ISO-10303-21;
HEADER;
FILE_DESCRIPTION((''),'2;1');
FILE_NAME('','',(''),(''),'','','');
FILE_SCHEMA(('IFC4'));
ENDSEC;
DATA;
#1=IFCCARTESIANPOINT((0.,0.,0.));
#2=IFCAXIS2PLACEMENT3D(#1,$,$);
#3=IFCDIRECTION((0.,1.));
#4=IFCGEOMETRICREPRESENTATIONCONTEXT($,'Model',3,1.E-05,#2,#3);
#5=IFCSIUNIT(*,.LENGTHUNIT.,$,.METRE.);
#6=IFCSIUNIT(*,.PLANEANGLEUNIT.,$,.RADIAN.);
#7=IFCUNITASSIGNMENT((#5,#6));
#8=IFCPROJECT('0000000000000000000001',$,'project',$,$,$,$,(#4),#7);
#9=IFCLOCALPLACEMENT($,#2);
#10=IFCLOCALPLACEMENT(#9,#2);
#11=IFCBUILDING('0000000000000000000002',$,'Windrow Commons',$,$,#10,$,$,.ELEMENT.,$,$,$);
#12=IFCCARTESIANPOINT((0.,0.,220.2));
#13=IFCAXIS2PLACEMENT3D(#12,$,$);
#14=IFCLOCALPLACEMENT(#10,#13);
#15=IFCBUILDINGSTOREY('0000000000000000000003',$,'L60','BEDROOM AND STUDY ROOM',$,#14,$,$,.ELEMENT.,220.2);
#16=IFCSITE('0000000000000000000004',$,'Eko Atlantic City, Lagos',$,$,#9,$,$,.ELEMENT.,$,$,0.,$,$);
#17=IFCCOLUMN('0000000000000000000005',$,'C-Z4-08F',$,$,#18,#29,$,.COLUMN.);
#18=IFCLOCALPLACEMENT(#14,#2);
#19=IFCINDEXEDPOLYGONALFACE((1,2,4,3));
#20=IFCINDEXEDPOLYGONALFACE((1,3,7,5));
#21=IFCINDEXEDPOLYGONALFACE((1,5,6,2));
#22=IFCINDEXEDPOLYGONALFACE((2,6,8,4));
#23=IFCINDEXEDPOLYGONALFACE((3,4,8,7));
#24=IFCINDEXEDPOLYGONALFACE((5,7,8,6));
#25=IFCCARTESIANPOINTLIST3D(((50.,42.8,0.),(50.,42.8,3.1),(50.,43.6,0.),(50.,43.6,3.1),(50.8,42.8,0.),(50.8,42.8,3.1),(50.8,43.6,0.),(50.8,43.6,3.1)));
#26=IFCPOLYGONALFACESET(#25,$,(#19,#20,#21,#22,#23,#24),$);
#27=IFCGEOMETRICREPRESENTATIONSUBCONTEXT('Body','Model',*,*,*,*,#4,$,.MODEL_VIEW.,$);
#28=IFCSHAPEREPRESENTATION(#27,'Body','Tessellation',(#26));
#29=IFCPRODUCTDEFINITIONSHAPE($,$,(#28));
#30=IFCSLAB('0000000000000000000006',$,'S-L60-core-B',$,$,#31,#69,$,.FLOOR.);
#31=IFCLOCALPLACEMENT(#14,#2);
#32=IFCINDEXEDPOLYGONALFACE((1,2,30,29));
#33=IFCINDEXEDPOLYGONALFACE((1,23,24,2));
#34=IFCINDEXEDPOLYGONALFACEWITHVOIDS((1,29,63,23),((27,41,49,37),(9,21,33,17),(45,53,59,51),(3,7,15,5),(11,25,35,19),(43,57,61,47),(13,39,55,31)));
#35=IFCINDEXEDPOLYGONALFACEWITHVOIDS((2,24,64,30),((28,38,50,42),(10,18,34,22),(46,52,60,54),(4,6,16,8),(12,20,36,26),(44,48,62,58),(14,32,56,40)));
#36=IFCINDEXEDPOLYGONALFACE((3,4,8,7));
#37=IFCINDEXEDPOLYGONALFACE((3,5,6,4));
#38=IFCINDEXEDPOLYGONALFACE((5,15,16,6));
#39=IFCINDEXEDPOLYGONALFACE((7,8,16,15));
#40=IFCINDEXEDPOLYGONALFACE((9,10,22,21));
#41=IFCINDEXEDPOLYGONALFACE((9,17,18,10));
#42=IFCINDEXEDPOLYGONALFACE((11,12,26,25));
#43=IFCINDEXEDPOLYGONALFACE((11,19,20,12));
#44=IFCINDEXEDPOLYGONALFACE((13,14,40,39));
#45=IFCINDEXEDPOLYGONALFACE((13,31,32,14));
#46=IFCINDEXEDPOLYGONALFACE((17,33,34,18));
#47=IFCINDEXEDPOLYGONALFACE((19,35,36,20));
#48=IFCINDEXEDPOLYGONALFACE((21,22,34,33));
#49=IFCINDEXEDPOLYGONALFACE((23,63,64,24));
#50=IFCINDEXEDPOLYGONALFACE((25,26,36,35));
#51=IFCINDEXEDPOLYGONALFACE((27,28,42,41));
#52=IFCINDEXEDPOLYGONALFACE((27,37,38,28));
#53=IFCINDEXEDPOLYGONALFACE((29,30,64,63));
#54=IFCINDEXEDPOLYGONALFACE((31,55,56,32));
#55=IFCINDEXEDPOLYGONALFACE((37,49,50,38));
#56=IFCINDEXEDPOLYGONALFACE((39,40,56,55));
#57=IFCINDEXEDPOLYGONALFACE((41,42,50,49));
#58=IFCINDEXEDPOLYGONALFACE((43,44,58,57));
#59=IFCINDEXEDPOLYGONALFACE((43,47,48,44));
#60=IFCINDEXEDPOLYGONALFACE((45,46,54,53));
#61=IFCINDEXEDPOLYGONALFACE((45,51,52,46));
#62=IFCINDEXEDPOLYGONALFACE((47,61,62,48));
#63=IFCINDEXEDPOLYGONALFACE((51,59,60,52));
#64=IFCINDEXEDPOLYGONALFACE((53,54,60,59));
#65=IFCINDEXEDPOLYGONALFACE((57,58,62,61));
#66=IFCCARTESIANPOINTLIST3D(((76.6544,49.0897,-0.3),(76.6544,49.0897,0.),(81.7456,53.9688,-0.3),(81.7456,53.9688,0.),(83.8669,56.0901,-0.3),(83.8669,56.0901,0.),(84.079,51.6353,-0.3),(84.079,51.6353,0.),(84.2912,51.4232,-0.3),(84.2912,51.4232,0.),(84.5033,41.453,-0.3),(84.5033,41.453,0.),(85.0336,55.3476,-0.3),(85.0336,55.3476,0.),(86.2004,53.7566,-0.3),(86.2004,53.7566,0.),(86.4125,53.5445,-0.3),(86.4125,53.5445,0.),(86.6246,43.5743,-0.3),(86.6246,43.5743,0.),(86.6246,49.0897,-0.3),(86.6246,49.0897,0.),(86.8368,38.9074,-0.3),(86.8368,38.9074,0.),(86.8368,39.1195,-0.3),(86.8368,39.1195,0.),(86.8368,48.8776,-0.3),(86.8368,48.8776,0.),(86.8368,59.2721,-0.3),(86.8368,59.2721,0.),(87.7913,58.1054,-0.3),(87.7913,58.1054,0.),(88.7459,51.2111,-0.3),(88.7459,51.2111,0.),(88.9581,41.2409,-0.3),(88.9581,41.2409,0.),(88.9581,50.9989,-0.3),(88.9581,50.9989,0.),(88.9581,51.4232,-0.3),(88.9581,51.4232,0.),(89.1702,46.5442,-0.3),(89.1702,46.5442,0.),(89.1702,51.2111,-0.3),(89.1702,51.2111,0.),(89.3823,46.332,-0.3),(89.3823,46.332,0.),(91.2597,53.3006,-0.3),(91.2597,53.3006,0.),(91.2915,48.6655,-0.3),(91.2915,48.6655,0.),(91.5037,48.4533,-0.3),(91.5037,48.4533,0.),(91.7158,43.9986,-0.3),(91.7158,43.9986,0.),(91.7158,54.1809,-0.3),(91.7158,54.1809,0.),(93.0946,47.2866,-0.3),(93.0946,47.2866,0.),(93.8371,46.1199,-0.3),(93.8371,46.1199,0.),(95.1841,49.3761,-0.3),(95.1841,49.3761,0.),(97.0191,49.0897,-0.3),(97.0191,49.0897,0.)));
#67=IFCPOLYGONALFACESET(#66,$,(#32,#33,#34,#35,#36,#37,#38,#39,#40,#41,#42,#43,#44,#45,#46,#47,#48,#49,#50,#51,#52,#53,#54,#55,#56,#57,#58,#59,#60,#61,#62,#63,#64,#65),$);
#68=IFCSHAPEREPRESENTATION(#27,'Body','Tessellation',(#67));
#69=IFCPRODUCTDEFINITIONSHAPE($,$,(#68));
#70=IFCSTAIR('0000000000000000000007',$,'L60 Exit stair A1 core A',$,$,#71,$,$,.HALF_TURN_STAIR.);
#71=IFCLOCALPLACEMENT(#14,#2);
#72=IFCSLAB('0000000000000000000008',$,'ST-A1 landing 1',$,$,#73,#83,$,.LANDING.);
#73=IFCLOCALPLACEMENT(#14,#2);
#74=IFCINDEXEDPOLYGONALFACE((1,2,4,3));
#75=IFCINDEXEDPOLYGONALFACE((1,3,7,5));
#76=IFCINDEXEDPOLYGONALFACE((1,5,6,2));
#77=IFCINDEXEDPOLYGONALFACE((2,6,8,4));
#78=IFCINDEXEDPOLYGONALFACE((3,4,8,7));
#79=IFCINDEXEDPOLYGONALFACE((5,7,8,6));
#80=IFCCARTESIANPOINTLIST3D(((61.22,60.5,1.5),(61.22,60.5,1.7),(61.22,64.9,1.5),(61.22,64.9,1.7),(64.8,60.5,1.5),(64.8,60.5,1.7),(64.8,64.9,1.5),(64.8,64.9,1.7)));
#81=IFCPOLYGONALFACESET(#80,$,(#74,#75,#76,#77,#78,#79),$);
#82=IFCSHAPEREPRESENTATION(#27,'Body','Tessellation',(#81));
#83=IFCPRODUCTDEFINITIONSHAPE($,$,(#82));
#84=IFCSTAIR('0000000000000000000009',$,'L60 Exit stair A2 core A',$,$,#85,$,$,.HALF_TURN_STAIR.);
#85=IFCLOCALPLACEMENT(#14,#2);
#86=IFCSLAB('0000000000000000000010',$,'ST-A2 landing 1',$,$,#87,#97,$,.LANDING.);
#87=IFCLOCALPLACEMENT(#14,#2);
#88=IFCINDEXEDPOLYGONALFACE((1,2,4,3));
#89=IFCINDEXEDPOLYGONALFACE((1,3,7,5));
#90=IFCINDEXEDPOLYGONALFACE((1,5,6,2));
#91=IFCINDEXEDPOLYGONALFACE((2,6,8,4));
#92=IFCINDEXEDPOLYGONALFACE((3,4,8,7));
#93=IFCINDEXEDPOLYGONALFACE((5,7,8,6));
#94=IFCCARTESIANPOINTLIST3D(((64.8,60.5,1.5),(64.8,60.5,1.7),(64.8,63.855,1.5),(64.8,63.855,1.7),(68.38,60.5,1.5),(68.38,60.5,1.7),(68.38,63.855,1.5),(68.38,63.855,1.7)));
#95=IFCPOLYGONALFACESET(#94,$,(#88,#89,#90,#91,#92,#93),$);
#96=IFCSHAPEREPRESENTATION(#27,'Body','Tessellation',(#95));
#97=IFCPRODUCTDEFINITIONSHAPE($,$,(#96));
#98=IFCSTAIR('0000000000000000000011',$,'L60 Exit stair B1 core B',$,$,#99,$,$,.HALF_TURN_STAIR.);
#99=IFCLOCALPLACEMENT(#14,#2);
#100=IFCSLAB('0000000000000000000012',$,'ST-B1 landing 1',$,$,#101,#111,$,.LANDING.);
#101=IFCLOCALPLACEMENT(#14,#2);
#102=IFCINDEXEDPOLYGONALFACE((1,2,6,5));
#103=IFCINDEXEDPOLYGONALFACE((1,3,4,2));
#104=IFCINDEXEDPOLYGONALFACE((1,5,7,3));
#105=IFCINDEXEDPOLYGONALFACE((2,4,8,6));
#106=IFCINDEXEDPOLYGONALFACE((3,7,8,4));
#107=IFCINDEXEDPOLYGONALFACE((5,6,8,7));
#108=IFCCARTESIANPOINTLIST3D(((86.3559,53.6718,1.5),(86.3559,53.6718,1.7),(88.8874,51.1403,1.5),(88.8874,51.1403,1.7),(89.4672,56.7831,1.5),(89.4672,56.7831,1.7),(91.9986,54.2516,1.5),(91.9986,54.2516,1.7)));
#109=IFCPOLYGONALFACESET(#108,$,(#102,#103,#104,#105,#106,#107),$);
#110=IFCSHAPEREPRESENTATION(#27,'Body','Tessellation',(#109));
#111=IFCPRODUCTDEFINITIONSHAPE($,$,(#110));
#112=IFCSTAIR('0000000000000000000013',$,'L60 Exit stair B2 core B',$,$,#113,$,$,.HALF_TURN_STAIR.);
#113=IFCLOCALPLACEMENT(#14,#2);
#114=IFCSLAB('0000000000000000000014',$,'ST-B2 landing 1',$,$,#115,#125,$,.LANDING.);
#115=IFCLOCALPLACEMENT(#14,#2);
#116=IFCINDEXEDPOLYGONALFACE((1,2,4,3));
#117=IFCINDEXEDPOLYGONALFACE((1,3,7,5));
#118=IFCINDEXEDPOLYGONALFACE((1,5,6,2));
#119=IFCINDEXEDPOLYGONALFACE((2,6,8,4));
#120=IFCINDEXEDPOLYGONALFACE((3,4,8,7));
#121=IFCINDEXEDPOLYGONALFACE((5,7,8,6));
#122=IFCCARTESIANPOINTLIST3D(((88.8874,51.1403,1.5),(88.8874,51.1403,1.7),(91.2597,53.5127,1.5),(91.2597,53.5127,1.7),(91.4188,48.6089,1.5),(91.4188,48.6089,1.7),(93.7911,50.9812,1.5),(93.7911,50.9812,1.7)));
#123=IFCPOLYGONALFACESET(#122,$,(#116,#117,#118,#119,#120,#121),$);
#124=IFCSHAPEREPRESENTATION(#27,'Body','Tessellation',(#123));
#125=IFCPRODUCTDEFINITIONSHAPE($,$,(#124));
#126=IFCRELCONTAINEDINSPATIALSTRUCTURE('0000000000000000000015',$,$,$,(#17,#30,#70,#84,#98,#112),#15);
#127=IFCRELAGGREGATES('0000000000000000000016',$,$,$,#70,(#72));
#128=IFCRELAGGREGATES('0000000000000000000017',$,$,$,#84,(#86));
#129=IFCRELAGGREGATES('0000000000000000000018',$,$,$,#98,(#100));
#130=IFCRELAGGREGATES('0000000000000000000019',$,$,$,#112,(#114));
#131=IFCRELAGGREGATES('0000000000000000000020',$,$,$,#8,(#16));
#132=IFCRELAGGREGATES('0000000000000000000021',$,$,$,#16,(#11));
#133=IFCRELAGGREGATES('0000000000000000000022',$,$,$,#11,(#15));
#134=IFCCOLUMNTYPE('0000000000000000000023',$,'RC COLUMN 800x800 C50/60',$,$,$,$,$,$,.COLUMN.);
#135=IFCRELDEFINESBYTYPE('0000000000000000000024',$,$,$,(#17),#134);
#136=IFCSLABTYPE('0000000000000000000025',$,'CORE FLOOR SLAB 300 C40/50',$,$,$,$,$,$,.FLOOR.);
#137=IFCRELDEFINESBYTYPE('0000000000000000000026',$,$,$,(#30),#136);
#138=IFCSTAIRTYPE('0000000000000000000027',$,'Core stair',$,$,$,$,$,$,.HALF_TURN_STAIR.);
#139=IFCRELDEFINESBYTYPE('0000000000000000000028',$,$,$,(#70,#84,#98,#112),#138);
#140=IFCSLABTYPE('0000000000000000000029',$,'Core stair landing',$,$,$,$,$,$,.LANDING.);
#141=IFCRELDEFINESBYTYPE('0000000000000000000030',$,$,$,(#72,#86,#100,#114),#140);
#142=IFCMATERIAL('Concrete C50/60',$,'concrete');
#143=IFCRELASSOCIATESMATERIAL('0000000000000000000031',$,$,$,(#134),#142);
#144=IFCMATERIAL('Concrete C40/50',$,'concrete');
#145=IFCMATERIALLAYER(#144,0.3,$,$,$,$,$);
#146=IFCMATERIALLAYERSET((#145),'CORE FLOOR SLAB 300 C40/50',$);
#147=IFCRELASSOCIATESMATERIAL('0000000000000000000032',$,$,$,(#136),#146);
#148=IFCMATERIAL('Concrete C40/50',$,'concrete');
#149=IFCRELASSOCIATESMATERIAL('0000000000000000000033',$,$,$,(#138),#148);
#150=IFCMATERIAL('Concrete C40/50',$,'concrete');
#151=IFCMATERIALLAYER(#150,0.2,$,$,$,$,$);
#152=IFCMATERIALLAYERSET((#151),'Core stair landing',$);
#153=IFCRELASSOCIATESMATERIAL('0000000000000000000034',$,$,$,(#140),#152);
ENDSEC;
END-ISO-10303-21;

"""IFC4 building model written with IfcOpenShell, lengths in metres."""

from ifc_helpers import new_model, si_unit, direction, frame, origin, origin_2d, place, context, subcontext, project, spatial, polyline, rectangle, outline, extrude, material, layer, layer_set, material_profile, profile_set, type_object, element, aggregate, save


model = new_model("IFC4")

# Units and contexts
model_context = context("Model", 3, precision=1e-05, world=origin(), true_north=direction((0.0, 1.0)))
body_context = subcontext(model_context, "Body", "Model", "MODEL_VIEW")
ifc_project = project(units=[si_unit("LENGTHUNIT", "METRE"), si_unit("PLANEANGLEUNIT", "RADIAN")], contexts=[model_context])

# Site, building, storey
site_placement = place(None, origin())
site = spatial("IfcSite", under=ifc_project, at=site_placement, Name="Eko Atlantic City, Lagos", CompositionType="ELEMENT", RefElevation=0.0)
building_placement = place(site_placement, origin())
building = spatial("IfcBuilding", under=site, at=building_placement, Name="Windrow Commons", CompositionType="ELEMENT")
storey_placement = place(building_placement, frame((0.0, 0.0, 220.2)))
storey = spatial("IfcBuildingStorey", under=building, at=storey_placement, Name="L60", Description="BEDROOM AND STUDY ROOM", CompositionType="ELEMENT", Elevation=220.2)

# Column
ifc_material_1 = material(Name="Concrete C50/60", Category="concrete")
ifc_material_profile = material_profile(ifc_material_1, rectangle(XDim=0.8, YDim=0.8, at=origin_2d()))
ifc_profile_set = profile_set([ifc_material_profile], Name="Concrete C50/60")
column_type = type_object("IfcColumnType", Name="RC COLUMN 800x800 C50/60", PredefinedType="COLUMN", material=ifc_profile_set)
column_placement = place(storey_placement, frame((50.4, 43.2, 0.0), z_axis=(0.0, 0.0, 1.0), x_axis=(1.0, 0.0, 0.0)))
element("IfcColumn", 1, at=column_placement, inside=storey, type_object=column_type, Name="C-Z4-08F", PredefinedType="COLUMN", context=body_context, shape_type="SweptSolid", body=[
    extrude(rectangle(XDim=0.8, YDim=0.8, at=origin_2d()), origin(), (0.0, 0.0, 1.0), 3.1),
])

# Slab, openings
ifc_material_2 = material(Name="Concrete C40/50", Category="concrete")
ifc_layer_1 = layer(ifc_material_2, 0.3)
ifc_layer_set_1 = layer_set([ifc_layer_1], Name="CORE FLOOR SLAB 300 C40/50")
slab_type_1 = type_object("IfcSlabType", Name="CORE FLOOR SLAB 300 C40/50", PredefinedType="FLOOR", material=ifc_layer_set_1)
placement_1 = place(storey_placement, frame((0.0, 0.0, -0.3)))
slab_1 = element("IfcSlab", 2, at=placement_1, inside=storey, type_object=slab_type_1, Name="S-L60-core-B", PredefinedType="FLOOR", context=body_context, shape_type="SweptSolid", body=[
    extrude(outline(polyline([(76.6544, 49.0897), (86.8368, 38.9074), (97.0191, 49.0897), (86.8368, 59.2721), (76.6544, 49.0897)]), holes=[polyline([(84.5033, 41.453), (86.8368, 39.1195), (88.9581, 41.2409), (86.6246, 43.5743), (84.5033, 41.453)]), polyline([(81.7456, 53.9688), (84.079, 51.6353), (86.2004, 53.7566), (83.8669, 56.0901), (81.7456, 53.9688)]), polyline([(84.2912, 51.4232), (86.6246, 49.0897), (88.7459, 51.2111), (86.4125, 53.5445), (84.2912, 51.4232)]), polyline([(86.8368, 48.8776), (89.1702, 46.5442), (91.2915, 48.6655), (88.9581, 50.9989), (86.8368, 48.8776)]), polyline([(89.3823, 46.332), (91.7158, 43.9986), (93.8371, 46.1199), (91.5037, 48.4533), (89.3823, 46.332)]), polyline([(85.0336, 55.3476), (88.9581, 51.4232), (91.7158, 54.1809), (87.7913, 58.1054), (85.0336, 55.3476)]), polyline([(89.1702, 51.2111), (93.0946, 47.2866), (95.1841, 49.3761), (91.2597, 53.3006), (89.1702, 51.2111)])]), origin(), (0.0, 0.0, 1.0), 0.3),
])
opening_1_placement = place(placement_1, origin())
element("IfcOpeningElement", 3, at=opening_1_placement, cuts=slab_1, PredefinedType="OPENING", context=body_context, shape_type="SweptSolid", body=[
    extrude(outline(polyline([(84.5104, 41.453), (86.6246, 43.5672), (88.951, 41.2409), (86.8368, 39.1266), (84.5104, 41.453)])), origin(), (0.0, 0.0, 1.0), 0.3),
])
opening_2_placement = place(placement_1, origin())
element("IfcOpeningElement", 4, at=opening_2_placement, cuts=slab_1, PredefinedType="OPENING", context=body_context, shape_type="SweptSolid", body=[
    extrude(outline(polyline([(81.7527, 53.9688), (83.8669, 56.083), (86.1933, 53.7566), (84.079, 51.6424), (81.7527, 53.9688)])), origin(), (0.0, 0.0, 1.0), 0.3),
])
opening_3_placement = place(placement_1, origin())
element("IfcOpeningElement", 5, at=opening_3_placement, cuts=slab_1, PredefinedType="OPENING", context=body_context, shape_type="SweptSolid", body=[
    extrude(outline(polyline([(84.2983, 51.4232), (86.4125, 53.5374), (88.7388, 51.2111), (86.6246, 49.0968), (84.2983, 51.4232)])), origin(), (0.0, 0.0, 1.0), 0.3),
])
opening_4_placement = place(placement_1, origin())
element("IfcOpeningElement", 6, at=opening_4_placement, cuts=slab_1, PredefinedType="OPENING", context=body_context, shape_type="SweptSolid", body=[
    extrude(outline(polyline([(86.8439, 48.8776), (88.9581, 50.9918), (91.2844, 48.6655), (89.1702, 46.5513), (86.8439, 48.8776)])), origin(), (0.0, 0.0, 1.0), 0.3),
])
opening_5_placement = place(placement_1, origin())
element("IfcOpeningElement", 7, at=opening_5_placement, cuts=slab_1, PredefinedType="OPENING", context=body_context, shape_type="SweptSolid", body=[
    extrude(outline(polyline([(89.3894, 46.332), (91.5037, 48.4462), (93.83, 46.1199), (91.7158, 44.0057), (89.3894, 46.332)])), origin(), (0.0, 0.0, 1.0), 0.3),
])
opening_6_placement = place(placement_1, origin())
element("IfcOpeningElement", 8, at=opening_6_placement, cuts=slab_1, PredefinedType="OPENING", context=body_context, shape_type="SweptSolid", body=[
    extrude(outline(polyline([(85.0407, 55.3476), (87.7913, 58.0983), (91.7087, 54.1809), (88.9581, 51.4303), (85.0407, 55.3476)])), origin(), (0.0, 0.0, 1.0), 0.3),
])
opening_7_placement = place(placement_1, origin())
element("IfcOpeningElement", 9, at=opening_7_placement, cuts=slab_1, PredefinedType="OPENING", context=body_context, shape_type="SweptSolid", body=[
    extrude(outline(polyline([(89.1773, 51.2111), (91.2597, 53.2935), (95.177, 49.3761), (93.0946, 47.2937), (89.1773, 51.2111)])), origin(), (0.0, 0.0, 1.0), 0.3),
])

# Stairs, slabs
ifc_material_3 = material(Name="Concrete C40/50", Category="concrete")
stair_type = type_object("IfcStairType", Name="Core stair", PredefinedType="HALF_TURN_STAIR", material=ifc_material_3)
placement_2 = place(storey_placement, origin())
stair_1 = element("IfcStair", 10, at=placement_2, inside=storey, type_object=stair_type, Name="L60 Exit stair A1 core A", PredefinedType="HALF_TURN_STAIR")
ifc_material_4 = material(Name="Concrete C40/50", Category="concrete")
ifc_layer_2 = layer(ifc_material_4, 0.2)
ifc_layer_set_2 = layer_set([ifc_layer_2], Name="Core stair landing")
slab_type_2 = type_object("IfcSlabType", Name="Core stair landing", PredefinedType="LANDING", material=ifc_layer_set_2)
placement_3 = place(storey_placement, frame((0.0, 0.0, 1.5)))
slab_2 = element("IfcSlab", 11, at=placement_3, type_object=slab_type_2, Name="ST-A1 landing 1", PredefinedType="LANDING", context=body_context, shape_type="SweptSolid", body=[
    extrude(outline(polyline([(61.22, 60.5), (64.8, 60.5), (64.8, 64.9), (61.22, 64.9), (61.22, 60.5)])), origin(), (0.0, 0.0, 1.0), 0.2),
])
aggregate(stair_1, [slab_2])
stair_2 = element("IfcStair", 12, at=placement_2, inside=storey, type_object=stair_type, Name="L60 Exit stair A2 core A", PredefinedType="HALF_TURN_STAIR")
slab_3 = element("IfcSlab", 13, at=placement_3, type_object=slab_type_2, Name="ST-A2 landing 1", PredefinedType="LANDING", context=body_context, shape_type="SweptSolid", body=[
    extrude(outline(polyline([(64.8, 60.5), (68.38, 60.5), (68.38, 63.855), (64.8, 63.855), (64.8, 60.5)])), origin(), (0.0, 0.0, 1.0), 0.2),
])
aggregate(stair_2, [slab_3])
stair_3 = element("IfcStair", 14, at=placement_2, inside=storey, type_object=stair_type, Name="L60 Exit stair B1 core B", PredefinedType="HALF_TURN_STAIR")
slab_4 = element("IfcSlab", 15, at=placement_3, type_object=slab_type_2, Name="ST-B1 landing 1", PredefinedType="LANDING", context=body_context, shape_type="SweptSolid", body=[
    extrude(outline(polyline([(86.3559, 53.6718), (88.8874, 51.1403), (91.9986, 54.2516), (89.4672, 56.7831), (86.3559, 53.6718)])), origin(), (0.0, 0.0, 1.0), 0.2),
])
aggregate(stair_3, [slab_4])
stair_4 = element("IfcStair", 16, at=placement_2, inside=storey, type_object=stair_type, Name="L60 Exit stair B2 core B", PredefinedType="HALF_TURN_STAIR")
slab_5 = element("IfcSlab", 17, at=placement_3, type_object=slab_type_2, Name="ST-B2 landing 1", PredefinedType="LANDING", context=body_context, shape_type="SweptSolid", body=[
    extrude(outline(polyline([(88.8874, 51.1403), (91.4188, 48.6089), (93.7911, 50.9812), (91.2597, 53.5127), (88.8874, 51.1403)])), origin(), (0.0, 0.0, 1.0), 0.2),
])
aggregate(stair_4, [slab_5])

save(model, "model.ifc")
